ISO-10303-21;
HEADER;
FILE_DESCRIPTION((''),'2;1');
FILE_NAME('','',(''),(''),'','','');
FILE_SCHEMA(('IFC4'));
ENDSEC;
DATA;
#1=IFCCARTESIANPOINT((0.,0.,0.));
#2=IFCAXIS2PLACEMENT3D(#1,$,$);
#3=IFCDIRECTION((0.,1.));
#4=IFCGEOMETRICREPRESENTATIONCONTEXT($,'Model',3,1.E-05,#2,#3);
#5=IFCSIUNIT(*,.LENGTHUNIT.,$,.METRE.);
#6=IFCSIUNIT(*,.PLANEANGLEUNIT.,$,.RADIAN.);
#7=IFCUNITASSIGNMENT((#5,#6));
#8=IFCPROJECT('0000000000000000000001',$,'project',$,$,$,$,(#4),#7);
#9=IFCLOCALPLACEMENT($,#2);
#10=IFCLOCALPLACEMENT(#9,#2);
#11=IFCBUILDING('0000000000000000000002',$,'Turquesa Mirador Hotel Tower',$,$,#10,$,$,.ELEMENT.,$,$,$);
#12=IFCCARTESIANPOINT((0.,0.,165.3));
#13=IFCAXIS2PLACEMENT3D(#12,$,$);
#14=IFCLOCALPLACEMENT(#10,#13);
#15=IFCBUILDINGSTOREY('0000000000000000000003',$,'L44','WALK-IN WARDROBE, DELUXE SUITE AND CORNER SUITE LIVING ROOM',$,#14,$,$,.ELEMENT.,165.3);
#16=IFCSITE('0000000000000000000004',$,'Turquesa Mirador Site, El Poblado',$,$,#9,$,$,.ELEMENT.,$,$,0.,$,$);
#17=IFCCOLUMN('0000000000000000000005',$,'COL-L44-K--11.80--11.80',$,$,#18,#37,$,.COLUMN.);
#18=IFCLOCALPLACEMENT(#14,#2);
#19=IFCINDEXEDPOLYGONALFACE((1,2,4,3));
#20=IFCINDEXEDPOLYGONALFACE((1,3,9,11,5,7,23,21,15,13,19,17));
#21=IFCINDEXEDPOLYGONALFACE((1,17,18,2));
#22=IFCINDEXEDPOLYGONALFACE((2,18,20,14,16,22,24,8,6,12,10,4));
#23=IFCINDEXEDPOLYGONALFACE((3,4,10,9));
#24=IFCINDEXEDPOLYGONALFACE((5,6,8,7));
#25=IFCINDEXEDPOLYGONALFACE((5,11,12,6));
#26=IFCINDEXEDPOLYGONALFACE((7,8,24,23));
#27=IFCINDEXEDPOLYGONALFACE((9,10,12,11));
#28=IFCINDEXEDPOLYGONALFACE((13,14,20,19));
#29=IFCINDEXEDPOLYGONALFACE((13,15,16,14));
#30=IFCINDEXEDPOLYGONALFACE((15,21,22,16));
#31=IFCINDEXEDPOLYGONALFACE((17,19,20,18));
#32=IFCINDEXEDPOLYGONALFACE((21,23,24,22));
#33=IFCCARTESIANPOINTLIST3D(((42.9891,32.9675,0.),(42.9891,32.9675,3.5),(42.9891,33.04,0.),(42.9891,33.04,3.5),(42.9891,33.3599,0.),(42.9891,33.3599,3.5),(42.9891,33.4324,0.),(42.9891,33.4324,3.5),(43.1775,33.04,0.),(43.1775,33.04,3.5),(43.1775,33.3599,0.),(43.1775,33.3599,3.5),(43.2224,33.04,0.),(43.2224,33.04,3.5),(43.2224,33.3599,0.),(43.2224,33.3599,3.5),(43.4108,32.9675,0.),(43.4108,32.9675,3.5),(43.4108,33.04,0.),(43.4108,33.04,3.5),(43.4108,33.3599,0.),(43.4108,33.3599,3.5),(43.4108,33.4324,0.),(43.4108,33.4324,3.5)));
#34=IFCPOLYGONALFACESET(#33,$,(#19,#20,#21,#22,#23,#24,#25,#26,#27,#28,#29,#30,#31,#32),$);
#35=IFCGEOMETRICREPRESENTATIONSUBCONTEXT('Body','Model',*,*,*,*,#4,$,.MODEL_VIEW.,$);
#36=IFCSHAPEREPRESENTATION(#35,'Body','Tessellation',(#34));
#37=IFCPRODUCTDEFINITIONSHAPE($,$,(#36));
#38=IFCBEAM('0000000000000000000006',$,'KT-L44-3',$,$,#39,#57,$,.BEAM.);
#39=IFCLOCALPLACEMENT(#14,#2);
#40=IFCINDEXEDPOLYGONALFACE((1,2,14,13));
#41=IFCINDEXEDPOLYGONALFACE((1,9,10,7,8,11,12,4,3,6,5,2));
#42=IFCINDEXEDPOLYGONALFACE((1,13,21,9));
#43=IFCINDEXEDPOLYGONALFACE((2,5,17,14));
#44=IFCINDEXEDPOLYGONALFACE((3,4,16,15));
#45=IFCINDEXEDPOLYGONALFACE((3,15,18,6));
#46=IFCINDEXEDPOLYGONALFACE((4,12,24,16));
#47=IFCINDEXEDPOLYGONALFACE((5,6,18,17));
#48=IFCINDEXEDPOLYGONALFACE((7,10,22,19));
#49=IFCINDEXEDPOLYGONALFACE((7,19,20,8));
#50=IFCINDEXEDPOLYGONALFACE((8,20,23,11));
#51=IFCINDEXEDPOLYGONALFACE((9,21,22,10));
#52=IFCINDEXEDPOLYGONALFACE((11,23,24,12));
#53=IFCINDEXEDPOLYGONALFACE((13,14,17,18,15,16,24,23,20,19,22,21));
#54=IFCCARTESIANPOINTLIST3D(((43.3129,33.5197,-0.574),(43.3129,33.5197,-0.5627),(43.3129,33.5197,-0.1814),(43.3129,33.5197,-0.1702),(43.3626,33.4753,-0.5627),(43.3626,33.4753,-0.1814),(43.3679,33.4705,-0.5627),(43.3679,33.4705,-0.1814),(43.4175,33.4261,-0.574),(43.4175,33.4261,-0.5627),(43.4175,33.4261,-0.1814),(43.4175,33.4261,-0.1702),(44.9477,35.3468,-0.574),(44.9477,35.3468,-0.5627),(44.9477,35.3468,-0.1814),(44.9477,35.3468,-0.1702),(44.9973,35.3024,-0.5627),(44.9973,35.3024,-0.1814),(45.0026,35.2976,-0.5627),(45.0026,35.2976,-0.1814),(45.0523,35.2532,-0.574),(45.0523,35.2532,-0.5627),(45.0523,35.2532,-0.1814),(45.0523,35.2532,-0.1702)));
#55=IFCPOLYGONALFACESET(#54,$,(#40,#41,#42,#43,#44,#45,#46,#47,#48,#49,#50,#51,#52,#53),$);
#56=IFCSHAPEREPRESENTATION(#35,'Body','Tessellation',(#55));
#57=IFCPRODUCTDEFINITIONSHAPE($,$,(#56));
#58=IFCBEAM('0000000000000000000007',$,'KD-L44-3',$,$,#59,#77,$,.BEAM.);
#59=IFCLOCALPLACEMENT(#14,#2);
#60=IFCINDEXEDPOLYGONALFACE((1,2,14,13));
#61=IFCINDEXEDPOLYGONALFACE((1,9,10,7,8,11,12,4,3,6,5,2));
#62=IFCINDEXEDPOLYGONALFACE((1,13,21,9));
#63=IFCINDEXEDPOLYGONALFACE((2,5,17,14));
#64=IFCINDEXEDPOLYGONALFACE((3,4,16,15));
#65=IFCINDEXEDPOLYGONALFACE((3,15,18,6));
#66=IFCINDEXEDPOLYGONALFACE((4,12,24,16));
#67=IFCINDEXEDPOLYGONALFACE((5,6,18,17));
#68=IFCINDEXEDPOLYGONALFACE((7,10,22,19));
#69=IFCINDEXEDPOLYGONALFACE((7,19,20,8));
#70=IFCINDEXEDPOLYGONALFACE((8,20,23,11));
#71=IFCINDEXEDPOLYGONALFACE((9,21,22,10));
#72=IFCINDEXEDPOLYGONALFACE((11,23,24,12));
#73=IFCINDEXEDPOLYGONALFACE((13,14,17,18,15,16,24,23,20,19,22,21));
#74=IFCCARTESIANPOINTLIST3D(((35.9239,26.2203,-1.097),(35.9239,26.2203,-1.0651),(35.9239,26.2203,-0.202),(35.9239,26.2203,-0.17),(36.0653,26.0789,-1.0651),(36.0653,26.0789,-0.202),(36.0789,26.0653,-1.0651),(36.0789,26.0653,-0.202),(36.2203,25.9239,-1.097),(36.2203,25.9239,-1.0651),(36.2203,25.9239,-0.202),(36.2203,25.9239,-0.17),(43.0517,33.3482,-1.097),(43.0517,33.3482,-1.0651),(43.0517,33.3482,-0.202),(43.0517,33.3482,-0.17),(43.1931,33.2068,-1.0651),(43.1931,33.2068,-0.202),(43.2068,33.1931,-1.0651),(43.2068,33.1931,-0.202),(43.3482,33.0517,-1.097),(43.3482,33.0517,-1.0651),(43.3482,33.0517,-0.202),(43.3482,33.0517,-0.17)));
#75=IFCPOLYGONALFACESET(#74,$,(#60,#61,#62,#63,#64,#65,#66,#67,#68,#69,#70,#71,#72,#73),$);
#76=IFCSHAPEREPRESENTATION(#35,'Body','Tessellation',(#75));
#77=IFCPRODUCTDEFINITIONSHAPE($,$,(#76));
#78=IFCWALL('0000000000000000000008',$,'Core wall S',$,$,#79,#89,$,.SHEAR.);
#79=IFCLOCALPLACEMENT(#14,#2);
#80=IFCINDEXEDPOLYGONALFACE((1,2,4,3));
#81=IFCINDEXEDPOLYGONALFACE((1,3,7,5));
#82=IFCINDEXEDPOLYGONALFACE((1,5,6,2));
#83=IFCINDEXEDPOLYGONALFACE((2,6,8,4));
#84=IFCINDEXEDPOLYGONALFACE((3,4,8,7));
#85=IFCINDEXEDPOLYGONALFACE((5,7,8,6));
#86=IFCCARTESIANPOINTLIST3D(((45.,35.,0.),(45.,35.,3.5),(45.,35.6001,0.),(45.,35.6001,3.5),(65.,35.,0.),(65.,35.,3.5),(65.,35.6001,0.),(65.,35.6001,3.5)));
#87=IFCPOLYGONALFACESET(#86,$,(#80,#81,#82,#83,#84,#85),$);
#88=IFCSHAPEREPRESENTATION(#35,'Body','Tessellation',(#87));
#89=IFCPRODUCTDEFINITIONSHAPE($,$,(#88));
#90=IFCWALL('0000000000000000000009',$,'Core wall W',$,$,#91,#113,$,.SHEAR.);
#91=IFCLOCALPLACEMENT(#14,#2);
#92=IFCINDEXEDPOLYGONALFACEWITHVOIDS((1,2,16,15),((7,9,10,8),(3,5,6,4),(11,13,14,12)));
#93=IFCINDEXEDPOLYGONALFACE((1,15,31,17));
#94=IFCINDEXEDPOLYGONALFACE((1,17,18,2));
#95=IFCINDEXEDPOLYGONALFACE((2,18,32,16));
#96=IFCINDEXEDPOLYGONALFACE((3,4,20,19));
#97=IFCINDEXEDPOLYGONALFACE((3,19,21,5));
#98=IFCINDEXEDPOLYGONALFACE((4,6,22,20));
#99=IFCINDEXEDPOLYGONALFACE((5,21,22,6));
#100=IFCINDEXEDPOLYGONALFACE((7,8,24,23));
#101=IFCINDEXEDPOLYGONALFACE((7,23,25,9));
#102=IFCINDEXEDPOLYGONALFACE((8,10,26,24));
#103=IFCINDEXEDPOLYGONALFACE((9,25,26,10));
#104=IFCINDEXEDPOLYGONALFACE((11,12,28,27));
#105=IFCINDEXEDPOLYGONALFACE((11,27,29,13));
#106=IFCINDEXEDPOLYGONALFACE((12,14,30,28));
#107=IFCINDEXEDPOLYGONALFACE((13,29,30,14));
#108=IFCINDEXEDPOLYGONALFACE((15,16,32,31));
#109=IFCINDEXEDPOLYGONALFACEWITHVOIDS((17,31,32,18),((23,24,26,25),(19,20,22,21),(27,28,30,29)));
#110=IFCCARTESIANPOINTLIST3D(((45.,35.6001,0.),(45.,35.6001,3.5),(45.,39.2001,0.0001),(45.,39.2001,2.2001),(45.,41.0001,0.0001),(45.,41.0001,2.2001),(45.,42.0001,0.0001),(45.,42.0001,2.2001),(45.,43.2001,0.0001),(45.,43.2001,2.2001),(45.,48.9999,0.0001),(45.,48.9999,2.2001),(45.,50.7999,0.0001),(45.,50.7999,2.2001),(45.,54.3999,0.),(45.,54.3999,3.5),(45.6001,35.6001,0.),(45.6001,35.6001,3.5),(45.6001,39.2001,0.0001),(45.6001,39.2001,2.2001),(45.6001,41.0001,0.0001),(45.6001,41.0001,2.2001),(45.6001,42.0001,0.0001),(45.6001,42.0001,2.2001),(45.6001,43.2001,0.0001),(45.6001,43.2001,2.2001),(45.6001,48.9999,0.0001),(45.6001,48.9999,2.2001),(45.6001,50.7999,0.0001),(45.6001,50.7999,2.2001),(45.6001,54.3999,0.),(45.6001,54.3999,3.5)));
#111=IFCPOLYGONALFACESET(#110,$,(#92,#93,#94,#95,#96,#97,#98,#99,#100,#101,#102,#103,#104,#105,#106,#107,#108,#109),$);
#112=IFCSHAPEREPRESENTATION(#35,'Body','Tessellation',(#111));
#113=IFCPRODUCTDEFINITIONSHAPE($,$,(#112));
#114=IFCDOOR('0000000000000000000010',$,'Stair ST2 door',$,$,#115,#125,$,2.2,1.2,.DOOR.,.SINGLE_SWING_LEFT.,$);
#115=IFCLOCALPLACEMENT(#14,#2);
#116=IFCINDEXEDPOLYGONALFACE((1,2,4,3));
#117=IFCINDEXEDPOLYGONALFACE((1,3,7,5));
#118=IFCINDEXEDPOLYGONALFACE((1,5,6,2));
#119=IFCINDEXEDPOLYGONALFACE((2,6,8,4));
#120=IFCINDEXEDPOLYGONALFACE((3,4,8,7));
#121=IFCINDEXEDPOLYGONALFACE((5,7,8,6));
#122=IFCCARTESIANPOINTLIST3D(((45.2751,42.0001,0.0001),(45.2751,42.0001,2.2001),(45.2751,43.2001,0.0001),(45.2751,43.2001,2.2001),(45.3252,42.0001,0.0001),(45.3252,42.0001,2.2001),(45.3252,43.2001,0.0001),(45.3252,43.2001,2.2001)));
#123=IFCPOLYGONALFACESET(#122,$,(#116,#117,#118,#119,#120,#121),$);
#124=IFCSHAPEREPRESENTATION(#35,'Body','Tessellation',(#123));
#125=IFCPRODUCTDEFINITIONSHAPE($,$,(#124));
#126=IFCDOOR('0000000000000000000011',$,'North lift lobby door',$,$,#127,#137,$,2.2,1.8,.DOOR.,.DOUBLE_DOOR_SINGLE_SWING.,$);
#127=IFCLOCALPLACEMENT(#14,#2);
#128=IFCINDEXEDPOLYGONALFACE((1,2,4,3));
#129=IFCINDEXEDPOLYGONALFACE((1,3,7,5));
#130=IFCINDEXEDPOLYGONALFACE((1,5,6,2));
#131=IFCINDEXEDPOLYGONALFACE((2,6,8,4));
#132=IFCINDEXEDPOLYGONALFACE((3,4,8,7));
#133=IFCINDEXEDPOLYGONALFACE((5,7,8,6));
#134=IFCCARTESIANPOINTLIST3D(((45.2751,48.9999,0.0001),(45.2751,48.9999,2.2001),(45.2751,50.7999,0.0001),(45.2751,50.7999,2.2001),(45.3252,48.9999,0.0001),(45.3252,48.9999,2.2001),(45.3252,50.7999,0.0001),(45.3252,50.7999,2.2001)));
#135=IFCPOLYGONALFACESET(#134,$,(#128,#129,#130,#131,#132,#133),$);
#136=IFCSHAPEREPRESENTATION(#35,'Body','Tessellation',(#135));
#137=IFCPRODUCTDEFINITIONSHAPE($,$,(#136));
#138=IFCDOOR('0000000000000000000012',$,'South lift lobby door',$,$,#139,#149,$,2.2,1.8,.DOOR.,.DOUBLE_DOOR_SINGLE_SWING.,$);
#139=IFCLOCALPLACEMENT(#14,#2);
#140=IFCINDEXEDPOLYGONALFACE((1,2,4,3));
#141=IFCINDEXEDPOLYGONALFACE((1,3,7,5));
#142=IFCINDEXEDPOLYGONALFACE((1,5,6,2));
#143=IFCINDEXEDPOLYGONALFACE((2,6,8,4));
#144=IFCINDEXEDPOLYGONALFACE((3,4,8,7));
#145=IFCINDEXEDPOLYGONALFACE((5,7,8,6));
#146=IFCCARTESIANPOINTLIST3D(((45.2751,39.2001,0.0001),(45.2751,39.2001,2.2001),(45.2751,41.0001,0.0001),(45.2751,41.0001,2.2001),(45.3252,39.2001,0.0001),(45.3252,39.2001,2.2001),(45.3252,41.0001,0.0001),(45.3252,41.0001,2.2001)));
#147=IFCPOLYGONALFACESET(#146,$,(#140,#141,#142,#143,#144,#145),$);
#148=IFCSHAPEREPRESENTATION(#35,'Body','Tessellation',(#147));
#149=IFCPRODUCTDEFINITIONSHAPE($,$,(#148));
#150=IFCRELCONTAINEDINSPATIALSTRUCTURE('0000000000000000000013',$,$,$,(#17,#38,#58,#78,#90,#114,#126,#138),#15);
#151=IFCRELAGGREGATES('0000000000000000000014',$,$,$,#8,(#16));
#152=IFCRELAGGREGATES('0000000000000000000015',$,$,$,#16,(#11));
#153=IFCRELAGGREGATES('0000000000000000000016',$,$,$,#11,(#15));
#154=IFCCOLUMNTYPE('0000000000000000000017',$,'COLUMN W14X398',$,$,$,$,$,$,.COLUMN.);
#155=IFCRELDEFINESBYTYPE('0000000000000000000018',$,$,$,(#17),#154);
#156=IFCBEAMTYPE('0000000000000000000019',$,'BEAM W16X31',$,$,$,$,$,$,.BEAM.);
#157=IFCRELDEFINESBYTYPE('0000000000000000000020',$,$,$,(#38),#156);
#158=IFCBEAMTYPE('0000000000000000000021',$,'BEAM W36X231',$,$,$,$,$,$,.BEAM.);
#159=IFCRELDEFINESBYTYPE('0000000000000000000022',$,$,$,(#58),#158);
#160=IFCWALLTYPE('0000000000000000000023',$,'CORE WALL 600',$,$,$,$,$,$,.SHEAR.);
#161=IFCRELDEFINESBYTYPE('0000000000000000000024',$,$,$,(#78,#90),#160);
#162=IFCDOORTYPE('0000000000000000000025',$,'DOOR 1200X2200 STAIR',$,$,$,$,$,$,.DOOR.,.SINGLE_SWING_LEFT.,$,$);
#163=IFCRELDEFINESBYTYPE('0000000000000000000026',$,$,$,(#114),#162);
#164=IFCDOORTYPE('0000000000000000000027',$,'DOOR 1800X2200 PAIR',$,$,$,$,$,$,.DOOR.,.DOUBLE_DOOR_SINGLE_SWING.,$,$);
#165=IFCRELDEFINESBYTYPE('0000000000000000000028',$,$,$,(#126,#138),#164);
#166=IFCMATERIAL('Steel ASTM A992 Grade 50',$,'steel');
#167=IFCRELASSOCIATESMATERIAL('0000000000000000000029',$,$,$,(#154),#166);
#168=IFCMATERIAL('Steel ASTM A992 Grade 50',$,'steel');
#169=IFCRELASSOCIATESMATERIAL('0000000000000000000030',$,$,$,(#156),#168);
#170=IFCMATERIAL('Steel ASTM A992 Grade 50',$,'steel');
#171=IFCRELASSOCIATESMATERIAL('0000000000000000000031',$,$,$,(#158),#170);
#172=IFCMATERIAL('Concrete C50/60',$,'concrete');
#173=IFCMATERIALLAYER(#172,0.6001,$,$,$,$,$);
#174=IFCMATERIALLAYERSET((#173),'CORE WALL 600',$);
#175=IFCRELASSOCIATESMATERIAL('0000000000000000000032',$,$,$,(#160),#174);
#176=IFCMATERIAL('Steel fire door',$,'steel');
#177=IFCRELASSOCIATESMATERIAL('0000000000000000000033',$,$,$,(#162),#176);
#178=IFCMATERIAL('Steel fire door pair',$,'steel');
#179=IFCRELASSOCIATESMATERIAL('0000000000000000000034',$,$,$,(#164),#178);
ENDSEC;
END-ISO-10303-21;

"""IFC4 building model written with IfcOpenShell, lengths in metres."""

from ifc_helpers import new_model, si_unit, direction, frame, frame_2d, origin, origin_2d, place, context, subcontext, project, spatial, rectangle, i_section, extrude, material, layer, layer_set, material_profile, profile_set, type_object, element, fill, save


model = new_model("IFC4")

# Units and contexts
model_context = context("Model", 3, precision=1e-05, world=origin(), true_north=direction((0.0, 1.0)))
body_context = subcontext(model_context, "Body", "Model", "MODEL_VIEW")
ifc_project = project(units=[si_unit("LENGTHUNIT", "METRE"), si_unit("PLANEANGLEUNIT", "RADIAN")], contexts=[model_context])

# Site, building, storey
site_placement = place(None, origin())
site = spatial("IfcSite", under=ifc_project, at=site_placement, Name="Turquesa Mirador Site, El Poblado", CompositionType="ELEMENT", RefElevation=0.0)
building_placement = place(site_placement, origin())
building = spatial("IfcBuilding", under=site, at=building_placement, Name="Turquesa Mirador Hotel Tower", CompositionType="ELEMENT")
storey_placement = place(building_placement, frame((0.0, 0.0, 165.3)))
storey = spatial("IfcBuildingStorey", under=building, at=storey_placement, Name="L44", Description="WALK-IN WARDROBE, DELUXE SUITE AND CORNER SUITE LIVING ROOM", CompositionType="ELEMENT", Elevation=165.3)

# Column
ifc_material_1 = material(Name="Steel ASTM A992 Grade 50", Category="steel")
ifc_material_profile_1 = material_profile(ifc_material_1, i_section(OverallWidth=0.4216, OverallDepth=0.4648, WebThickness=0.0449, FlangeThickness=0.0725, at=origin_2d()), Name="W14X398")
ifc_profile_set_1 = profile_set([ifc_material_profile_1], Name="Steel ASTM A992 Grade 50")
column_type = type_object("IfcColumnType", Name="COLUMN W14X398", PredefinedType="COLUMN", material=ifc_profile_set_1)
column_placement = place(storey_placement, frame((43.2, 33.2, 0.0), z_axis=(0.0, 0.0, 1.0), x_axis=(1.0, 0.0, 0.0)))
element("IfcColumn", 1, at=column_placement, inside=storey, type_object=column_type, Name="COL-L44-K--11.80--11.80", PredefinedType="COLUMN", context=body_context, shape_type="SweptSolid", body=[
    extrude(i_section(OverallWidth=0.4216, OverallDepth=0.4648, WebThickness=0.0449, FlangeThickness=0.0725, at=origin_2d()), origin(), (0.0, 0.0, 1.0), 3.5),
])

# Beams
ifc_material_2 = material(Name="Steel ASTM A992 Grade 50", Category="steel")
ifc_material_profile_2 = material_profile(ifc_material_2, i_section(OverallWidth=0.1404, OverallDepth=0.4038, WebThickness=0.0071, FlangeThickness=0.0112, at=origin_2d()), Name="W16X31")
ifc_profile_set_2 = profile_set([ifc_material_profile_2], Name="Steel ASTM A992 Grade 50")
beam_type_1 = type_object("IfcBeamType", Name="BEAM W16X31", PredefinedType="BEAM", material=ifc_profile_set_2)
beam_1_placement = place(storey_placement, frame((43.3652, 33.4729, -0.3721), z_axis=(0.666783, 0.745252, 0.0), x_axis=(-0.745252, 0.666783, 0.0)))
element("IfcBeam", 2, at=beam_1_placement, inside=storey, type_object=beam_type_1, Name="KT-L44-3", PredefinedType="BEAM", context=body_context, shape_type="SweptSolid", body=[
    extrude(i_section(OverallWidth=0.1404, OverallDepth=0.4038, WebThickness=0.0071, FlangeThickness=0.0112, at=origin_2d()), origin(), (0.0, 0.0, 1.0), 2.4517),
])
ifc_material_3 = material(Name="Steel ASTM A992 Grade 50", Category="steel")
ifc_material_profile_3 = material_profile(ifc_material_3, i_section(OverallWidth=0.4192, OverallDepth=0.927, WebThickness=0.0193, FlangeThickness=0.032, at=origin_2d()), Name="W36X231")
ifc_profile_set_3 = profile_set([ifc_material_profile_3], Name="Steel ASTM A992 Grade 50")
beam_type_2 = type_object("IfcBeamType", Name="BEAM W36X231", PredefinedType="BEAM", material=ifc_profile_set_3)
beam_2_placement = place(storey_placement, frame((43.2, 33.2, -0.6335), z_axis=(-0.707107, -0.707107, 0.0), x_axis=(0.707107, -0.707107, 0.0)))
element("IfcBeam", 3, at=beam_2_placement, inside=storey, type_object=beam_type_2, Name="KD-L44-3", PredefinedType="BEAM", context=body_context, shape_type="SweptSolid", body=[
    extrude(i_section(OverallWidth=0.4192, OverallDepth=0.927, WebThickness=0.0193, FlangeThickness=0.032, at=origin_2d()), origin(), (0.0, 0.0, 1.0), 10.0803),
])

# Wall
ifc_material_4 = material(Name="Concrete C50/60", Category="concrete")
ifc_layer_1 = layer(ifc_material_4, 0.6001)
ifc_layer_set_1 = layer_set([ifc_layer_1], Name="CORE WALL 600")
wall_type_1 = type_object("IfcWallType", Name="CORE WALL 600", PredefinedType="SHEAR", material=ifc_layer_set_1)
wall_1_placement = place(storey_placement, frame((45.0, 35.3, 0.0), z_axis=(0.0, 0.0, 1.0), x_axis=(1.0, 0.0, 0.0)))
element("IfcWall", 4, at=wall_1_placement, inside=storey, type_object=wall_type_1, Name="Core wall S", PredefinedType="SHEAR", context=body_context, shape_type="SweptSolid", body=[
    extrude(rectangle(XDim=20.0, YDim=0.6001, at=frame_2d((10.0, 0.0))), origin(), (0.0, 0.0, 1.0), 3.5),
])

# Wall, openings, doors
wall_2_placement = place(storey_placement, frame((45.3, 35.6001, 0.0), z_axis=(0.0, 0.0, 1.0), x_axis=(0.0, 1.0, 0.0)))
wall_2 = element("IfcWall", 5, at=wall_2_placement, inside=storey, type_object=wall_type_1, Name="Core wall W", PredefinedType="SHEAR", context=body_context, shape_type="SweptSolid", body=[
    extrude(rectangle(XDim=18.7998, YDim=0.6001, at=frame_2d((9.3999, 0.0))), origin(), (0.0, 0.0, 1.0), 3.5),
])
opening_1_placement = place(wall_2_placement, frame((13.3999, 0.0, 0.0)))
opening_1 = element("IfcOpeningElement", 6, at=opening_1_placement, cuts=wall_2, PredefinedType="OPENING", context=body_context, shape_type="SweptSolid", body=[
    extrude(rectangle(XDim=1.8, YDim=2.2, at=frame_2d((0.8999, 1.1001))), frame((0.0, 0.3101, 0.0), z_axis=(0.0, -1.0, 0.0), x_axis=(1.0, 0.0, 0.0)), (0.0, 0.0, 1.0), 0.6201),
])
opening_2_placement = place(wall_2_placement, frame((3.6001, 0.0, 0.0)))
opening_2 = element("IfcOpeningElement", 7, at=opening_2_placement, cuts=wall_2, PredefinedType="OPENING", context=body_context, shape_type="SweptSolid", body=[
    extrude(rectangle(XDim=1.8, YDim=2.2, at=frame_2d((0.8999, 1.1001))), frame((0.0, 0.3101, 0.0), z_axis=(0.0, -1.0, 0.0), x_axis=(1.0, 0.0, 0.0)), (0.0, 0.0, 1.0), 0.6201),
])
opening_3_placement = place(wall_2_placement, frame((6.3999, 0.0, 0.0)))
opening_3 = element("IfcOpeningElement", 8, at=opening_3_placement, cuts=wall_2, PredefinedType="OPENING", context=body_context, shape_type="SweptSolid", body=[
    extrude(rectangle(XDim=1.2, YDim=2.2, at=frame_2d((0.6001, 1.1001))), frame((0.0, 0.3101, 0.0), z_axis=(0.0, -1.0, 0.0), x_axis=(1.0, 0.0, 0.0)), (0.0, 0.0, 1.0), 0.6201),
])
ifc_material_5 = material(Name="Steel fire door", Category="steel")
door_type_1 = type_object("IfcDoorType", Name="DOOR 1200X2200 STAIR", OperationType="SINGLE_SWING_LEFT", PredefinedType="DOOR", material=ifc_material_5)
door_1_placement = place(opening_3_placement, origin())
door_1 = element("IfcDoor", 9, at=door_1_placement, inside=storey, type_object=door_type_1, Name="Stair ST2 door", OperationType="SINGLE_SWING_LEFT", OverallHeight=2.2, OverallWidth=1.2, PredefinedType="DOOR", context=body_context, shape_type="SweptSolid", body=[
    extrude(rectangle(XDim=1.2, YDim=2.2, at=frame_2d((0.6001, 1.1001))), frame((0.0, 0.0249, 0.0), z_axis=(0.0, -1.0, 0.0), x_axis=(1.0, 0.0, 0.0)), (0.0, 0.0, 1.0), 0.05),
])
fill(opening_3, door_1)
ifc_material_6 = material(Name="Steel fire door pair", Category="steel")
door_type_2 = type_object("IfcDoorType", Name="DOOR 1800X2200 PAIR", OperationType="DOUBLE_DOOR_SINGLE_SWING", PredefinedType="DOOR", material=ifc_material_6)
door_2_placement = place(opening_1_placement, origin())
door_2 = element("IfcDoor", 10, at=door_2_placement, inside=storey, type_object=door_type_2, Name="North lift lobby door", OperationType="DOUBLE_DOOR_SINGLE_SWING", OverallHeight=2.2, OverallWidth=1.8, PredefinedType="DOOR", context=body_context, shape_type="SweptSolid", body=[
    extrude(rectangle(XDim=1.8, YDim=2.2, at=frame_2d((0.8999, 1.1001))), frame((0.0, 0.0249, 0.0), z_axis=(0.0, -1.0, 0.0), x_axis=(1.0, 0.0, 0.0)), (0.0, 0.0, 1.0), 0.05),
])
fill(opening_1, door_2)
door_3_placement = place(opening_2_placement, origin())
door_3 = element("IfcDoor", 11, at=door_3_placement, inside=storey, type_object=door_type_2, Name="South lift lobby door", OperationType="DOUBLE_DOOR_SINGLE_SWING", OverallHeight=2.2, OverallWidth=1.8, PredefinedType="DOOR", context=body_context, shape_type="SweptSolid", body=[
    extrude(rectangle(XDim=1.8, YDim=2.2, at=frame_2d((0.8999, 1.1001))), frame((0.0, 0.0249, 0.0), z_axis=(0.0, -1.0, 0.0), x_axis=(1.0, 0.0, 0.0)), (0.0, 0.0, 1.0), 0.05),
])
fill(opening_2, door_3)

save(model, "model.ifc")
